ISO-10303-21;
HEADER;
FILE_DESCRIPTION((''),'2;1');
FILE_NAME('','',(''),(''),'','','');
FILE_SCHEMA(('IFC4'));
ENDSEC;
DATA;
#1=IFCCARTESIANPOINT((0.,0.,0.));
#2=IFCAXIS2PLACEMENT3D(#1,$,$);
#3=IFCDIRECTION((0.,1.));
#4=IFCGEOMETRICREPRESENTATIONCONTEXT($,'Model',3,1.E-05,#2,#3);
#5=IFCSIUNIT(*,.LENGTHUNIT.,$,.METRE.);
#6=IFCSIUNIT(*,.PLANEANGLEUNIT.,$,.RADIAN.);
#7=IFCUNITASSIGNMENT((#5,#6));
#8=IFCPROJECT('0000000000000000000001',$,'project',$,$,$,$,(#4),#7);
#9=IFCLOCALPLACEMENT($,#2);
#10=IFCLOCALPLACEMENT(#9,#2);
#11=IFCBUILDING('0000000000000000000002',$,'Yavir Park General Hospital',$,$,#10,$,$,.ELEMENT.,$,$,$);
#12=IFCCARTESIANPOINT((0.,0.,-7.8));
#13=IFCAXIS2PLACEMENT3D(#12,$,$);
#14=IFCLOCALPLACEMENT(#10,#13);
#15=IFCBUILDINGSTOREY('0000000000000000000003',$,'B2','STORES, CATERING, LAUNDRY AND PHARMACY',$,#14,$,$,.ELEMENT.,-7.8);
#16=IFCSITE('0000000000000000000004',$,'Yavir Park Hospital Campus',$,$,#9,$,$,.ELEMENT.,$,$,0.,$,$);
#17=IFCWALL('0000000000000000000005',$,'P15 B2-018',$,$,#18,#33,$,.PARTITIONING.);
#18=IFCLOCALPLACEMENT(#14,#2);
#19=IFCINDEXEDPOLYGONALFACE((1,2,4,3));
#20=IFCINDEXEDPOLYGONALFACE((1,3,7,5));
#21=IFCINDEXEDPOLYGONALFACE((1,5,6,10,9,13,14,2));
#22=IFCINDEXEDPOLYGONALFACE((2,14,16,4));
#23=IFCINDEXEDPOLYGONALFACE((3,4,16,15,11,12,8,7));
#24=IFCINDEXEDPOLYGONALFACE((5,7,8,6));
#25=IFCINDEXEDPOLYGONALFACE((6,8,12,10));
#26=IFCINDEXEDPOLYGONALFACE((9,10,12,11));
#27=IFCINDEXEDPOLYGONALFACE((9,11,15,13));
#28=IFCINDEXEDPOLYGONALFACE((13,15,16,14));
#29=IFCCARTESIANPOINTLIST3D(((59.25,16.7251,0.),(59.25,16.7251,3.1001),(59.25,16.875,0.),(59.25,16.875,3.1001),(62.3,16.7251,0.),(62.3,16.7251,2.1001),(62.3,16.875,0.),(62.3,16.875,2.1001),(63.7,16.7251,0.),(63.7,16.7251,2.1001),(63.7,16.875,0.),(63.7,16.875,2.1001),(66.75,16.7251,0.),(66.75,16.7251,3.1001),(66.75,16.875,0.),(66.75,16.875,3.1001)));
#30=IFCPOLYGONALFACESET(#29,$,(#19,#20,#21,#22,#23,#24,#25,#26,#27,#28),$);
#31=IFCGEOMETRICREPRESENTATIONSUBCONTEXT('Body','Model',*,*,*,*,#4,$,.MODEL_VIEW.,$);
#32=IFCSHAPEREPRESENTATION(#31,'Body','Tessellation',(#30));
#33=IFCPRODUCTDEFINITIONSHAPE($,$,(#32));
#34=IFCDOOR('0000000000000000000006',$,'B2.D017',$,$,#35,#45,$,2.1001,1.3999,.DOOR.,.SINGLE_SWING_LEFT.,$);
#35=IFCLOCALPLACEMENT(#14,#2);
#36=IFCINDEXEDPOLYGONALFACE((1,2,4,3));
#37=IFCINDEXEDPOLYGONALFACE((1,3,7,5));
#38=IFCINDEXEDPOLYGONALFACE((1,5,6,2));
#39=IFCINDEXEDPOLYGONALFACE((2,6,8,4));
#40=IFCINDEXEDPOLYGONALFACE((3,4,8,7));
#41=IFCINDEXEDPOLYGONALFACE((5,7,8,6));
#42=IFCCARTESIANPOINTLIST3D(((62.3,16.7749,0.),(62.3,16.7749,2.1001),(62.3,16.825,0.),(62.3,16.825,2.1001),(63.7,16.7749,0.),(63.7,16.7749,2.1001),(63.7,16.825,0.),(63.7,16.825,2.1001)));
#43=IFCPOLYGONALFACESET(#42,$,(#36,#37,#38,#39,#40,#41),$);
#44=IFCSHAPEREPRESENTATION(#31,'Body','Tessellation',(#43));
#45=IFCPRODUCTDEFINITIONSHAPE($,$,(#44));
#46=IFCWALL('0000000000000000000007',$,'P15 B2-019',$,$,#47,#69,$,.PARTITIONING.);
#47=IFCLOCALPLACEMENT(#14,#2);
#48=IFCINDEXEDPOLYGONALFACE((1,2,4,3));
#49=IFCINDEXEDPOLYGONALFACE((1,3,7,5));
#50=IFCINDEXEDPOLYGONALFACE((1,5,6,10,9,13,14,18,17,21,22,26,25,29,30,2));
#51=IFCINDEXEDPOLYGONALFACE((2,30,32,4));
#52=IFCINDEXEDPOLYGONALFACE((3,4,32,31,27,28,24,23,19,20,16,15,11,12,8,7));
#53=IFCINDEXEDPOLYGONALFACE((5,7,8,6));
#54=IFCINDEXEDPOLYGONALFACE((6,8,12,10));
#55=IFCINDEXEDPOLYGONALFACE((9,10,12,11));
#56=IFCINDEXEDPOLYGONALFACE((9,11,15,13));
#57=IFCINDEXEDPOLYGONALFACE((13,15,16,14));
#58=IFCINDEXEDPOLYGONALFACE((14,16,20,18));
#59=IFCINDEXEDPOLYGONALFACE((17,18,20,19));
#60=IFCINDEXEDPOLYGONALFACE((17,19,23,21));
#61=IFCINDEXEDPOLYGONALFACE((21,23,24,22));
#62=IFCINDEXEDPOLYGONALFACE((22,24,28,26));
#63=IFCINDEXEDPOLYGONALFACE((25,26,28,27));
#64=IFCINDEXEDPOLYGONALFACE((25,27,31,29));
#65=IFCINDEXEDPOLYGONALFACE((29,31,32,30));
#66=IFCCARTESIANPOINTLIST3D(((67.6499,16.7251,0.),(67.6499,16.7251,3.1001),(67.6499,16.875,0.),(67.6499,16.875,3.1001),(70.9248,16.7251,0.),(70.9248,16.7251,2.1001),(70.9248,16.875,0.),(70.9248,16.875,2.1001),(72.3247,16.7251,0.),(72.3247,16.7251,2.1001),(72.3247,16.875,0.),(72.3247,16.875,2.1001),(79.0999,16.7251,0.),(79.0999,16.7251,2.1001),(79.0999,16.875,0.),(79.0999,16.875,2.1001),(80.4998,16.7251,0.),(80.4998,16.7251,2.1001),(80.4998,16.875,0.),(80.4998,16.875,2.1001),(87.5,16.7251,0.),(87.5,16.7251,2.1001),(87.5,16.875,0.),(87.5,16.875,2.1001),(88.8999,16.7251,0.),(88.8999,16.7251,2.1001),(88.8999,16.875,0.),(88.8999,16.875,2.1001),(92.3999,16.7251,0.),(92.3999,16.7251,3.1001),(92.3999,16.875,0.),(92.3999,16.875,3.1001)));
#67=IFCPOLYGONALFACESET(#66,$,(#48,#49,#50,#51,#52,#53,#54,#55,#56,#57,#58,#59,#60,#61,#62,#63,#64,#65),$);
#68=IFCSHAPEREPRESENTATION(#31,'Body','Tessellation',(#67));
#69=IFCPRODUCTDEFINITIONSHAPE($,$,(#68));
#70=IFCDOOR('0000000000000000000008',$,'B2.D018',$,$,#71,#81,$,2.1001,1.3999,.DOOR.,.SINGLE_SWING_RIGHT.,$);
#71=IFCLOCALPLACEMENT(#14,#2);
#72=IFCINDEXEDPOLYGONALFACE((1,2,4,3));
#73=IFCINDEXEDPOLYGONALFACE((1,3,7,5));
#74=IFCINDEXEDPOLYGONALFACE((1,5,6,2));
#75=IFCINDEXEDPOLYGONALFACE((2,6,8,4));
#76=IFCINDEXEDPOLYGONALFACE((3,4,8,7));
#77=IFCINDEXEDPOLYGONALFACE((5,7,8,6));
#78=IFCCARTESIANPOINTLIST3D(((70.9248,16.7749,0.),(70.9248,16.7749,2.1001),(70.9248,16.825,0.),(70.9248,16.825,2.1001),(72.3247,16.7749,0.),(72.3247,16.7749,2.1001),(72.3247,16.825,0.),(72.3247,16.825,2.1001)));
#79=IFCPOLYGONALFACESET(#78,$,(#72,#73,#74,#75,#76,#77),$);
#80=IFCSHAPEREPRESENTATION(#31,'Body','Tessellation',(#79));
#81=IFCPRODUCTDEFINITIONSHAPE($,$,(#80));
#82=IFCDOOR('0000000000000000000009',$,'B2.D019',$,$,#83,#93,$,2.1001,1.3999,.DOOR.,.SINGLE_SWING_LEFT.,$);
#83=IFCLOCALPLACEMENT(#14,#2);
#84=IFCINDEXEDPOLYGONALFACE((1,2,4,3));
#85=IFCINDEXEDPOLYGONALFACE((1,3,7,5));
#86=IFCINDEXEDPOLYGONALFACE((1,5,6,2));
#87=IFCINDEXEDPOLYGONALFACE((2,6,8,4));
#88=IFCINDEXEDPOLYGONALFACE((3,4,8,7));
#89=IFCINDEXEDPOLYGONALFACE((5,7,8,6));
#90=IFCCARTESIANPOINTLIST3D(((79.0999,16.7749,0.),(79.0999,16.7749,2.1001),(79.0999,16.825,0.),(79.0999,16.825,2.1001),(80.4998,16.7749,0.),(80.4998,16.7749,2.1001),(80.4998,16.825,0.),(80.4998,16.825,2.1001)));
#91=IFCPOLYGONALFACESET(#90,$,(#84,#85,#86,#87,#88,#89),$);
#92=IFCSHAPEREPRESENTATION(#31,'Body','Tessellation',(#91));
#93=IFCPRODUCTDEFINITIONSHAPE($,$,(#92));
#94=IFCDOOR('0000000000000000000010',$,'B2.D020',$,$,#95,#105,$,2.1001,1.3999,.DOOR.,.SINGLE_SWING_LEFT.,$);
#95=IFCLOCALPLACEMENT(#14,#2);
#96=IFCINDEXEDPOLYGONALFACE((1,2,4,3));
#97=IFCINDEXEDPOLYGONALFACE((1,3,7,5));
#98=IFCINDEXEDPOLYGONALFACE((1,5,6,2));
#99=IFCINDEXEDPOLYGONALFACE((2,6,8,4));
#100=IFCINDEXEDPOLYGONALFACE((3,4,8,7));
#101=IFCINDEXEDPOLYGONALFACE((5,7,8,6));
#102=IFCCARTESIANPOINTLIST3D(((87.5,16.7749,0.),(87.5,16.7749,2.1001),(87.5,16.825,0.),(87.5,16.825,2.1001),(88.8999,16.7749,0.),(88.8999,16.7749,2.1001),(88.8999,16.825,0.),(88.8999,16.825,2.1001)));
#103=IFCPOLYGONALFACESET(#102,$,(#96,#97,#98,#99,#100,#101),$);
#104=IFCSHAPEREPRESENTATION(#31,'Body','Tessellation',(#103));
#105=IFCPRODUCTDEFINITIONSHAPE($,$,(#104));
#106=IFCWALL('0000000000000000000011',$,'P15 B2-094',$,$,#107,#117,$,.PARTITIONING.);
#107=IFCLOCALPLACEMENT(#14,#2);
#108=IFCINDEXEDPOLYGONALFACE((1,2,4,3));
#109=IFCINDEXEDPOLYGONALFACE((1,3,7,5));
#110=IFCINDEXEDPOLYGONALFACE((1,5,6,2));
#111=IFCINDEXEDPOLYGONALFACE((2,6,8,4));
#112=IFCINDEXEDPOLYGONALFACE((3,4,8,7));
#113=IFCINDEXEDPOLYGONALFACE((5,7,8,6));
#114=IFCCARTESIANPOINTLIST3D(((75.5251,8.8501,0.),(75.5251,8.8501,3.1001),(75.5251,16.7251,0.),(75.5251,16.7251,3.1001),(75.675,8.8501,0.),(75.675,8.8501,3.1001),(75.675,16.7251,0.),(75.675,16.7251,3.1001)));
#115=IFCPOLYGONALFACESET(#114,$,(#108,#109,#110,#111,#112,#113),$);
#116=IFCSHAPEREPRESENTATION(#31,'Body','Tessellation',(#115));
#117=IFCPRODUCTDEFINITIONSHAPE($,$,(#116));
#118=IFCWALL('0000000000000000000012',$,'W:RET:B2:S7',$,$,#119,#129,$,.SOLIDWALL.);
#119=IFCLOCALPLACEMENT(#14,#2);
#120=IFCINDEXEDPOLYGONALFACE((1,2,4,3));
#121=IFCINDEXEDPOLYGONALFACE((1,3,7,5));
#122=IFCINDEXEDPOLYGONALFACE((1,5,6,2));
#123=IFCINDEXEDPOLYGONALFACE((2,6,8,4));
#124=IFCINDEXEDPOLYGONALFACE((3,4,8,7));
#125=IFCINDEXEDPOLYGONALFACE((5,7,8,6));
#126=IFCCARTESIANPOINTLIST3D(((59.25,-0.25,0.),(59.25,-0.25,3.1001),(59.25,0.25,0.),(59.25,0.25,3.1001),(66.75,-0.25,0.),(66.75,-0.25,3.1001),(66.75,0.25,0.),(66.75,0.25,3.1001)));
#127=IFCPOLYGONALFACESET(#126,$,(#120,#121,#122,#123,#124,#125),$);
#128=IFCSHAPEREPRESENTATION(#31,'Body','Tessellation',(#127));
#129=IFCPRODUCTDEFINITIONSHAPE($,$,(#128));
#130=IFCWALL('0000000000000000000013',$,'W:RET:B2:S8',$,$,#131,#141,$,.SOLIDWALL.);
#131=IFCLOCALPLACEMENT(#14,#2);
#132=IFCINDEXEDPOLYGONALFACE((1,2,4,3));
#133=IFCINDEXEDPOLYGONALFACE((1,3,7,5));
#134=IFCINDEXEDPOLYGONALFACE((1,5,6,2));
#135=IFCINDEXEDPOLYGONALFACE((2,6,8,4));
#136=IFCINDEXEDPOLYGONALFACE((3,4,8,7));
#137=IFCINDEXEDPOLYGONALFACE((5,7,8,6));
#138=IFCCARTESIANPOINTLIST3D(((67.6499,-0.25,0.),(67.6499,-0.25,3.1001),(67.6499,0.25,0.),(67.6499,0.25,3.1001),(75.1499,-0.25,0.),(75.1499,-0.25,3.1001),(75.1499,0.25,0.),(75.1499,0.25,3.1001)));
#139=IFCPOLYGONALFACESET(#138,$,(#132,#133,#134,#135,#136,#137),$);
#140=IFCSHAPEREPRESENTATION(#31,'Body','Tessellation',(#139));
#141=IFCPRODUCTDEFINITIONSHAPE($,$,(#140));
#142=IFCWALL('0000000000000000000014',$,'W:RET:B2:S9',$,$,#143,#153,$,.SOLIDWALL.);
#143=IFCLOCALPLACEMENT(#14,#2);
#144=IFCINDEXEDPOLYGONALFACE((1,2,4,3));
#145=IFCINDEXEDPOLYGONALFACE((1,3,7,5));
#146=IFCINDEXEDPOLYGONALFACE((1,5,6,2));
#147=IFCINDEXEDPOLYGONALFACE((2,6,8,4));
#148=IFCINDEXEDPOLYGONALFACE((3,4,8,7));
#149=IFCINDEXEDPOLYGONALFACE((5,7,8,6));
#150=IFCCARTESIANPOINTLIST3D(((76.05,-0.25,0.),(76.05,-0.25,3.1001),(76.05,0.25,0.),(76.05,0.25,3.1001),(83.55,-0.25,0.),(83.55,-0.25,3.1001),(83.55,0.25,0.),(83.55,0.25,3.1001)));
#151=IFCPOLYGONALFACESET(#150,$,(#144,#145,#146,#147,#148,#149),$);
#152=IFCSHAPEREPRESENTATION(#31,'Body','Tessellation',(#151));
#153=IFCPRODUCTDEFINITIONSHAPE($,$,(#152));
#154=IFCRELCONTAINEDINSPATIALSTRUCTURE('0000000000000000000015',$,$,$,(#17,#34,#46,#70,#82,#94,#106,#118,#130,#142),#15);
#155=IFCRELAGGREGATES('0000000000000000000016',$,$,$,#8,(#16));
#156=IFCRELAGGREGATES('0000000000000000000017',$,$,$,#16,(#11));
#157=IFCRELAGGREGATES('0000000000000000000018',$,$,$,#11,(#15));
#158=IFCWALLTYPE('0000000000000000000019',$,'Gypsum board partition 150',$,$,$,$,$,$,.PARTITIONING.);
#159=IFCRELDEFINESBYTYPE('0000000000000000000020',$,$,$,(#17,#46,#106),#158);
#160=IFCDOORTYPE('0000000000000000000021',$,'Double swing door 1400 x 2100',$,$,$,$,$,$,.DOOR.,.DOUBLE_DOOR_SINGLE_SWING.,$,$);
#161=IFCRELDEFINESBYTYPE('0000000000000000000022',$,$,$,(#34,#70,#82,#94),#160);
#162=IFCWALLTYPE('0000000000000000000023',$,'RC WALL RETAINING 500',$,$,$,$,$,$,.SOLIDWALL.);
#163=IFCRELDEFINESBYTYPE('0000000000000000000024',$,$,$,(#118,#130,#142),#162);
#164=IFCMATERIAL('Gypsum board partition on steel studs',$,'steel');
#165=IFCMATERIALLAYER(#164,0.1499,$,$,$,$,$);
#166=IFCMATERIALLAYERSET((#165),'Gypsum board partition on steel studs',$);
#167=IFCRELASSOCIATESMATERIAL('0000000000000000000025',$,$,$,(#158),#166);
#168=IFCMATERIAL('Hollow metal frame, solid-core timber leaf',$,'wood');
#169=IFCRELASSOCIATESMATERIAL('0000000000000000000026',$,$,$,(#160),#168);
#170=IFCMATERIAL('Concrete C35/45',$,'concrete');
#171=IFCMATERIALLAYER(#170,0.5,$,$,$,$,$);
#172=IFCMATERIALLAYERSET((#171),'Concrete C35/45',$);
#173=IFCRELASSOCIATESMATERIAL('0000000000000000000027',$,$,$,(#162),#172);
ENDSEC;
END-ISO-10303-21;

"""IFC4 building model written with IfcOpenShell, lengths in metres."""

from ifc_helpers import new_model, si_unit, direction, frame, frame_2d, origin, place, context, subcontext, project, spatial, rectangle, extrude, material, layer, layer_set, type_object, element, fill, save


model = new_model("IFC4")

# Units and contexts
model_context = context("Model", 3, precision=1e-05, world=origin(), true_north=direction((0.0, 1.0)))
body_context = subcontext(model_context, "Body", "Model", "MODEL_VIEW")
ifc_project = project(units=[si_unit("LENGTHUNIT", "METRE"), si_unit("PLANEANGLEUNIT", "RADIAN")], contexts=[model_context])

# Site, building, storey
site_placement = place(None, origin())
site = spatial("IfcSite", under=ifc_project, at=site_placement, Name="Yavir Park Hospital Campus", CompositionType="ELEMENT", RefElevation=0.0)
building_placement = place(site_placement, origin())
building = spatial("IfcBuilding", under=site, at=building_placement, Name="Yavir Park General Hospital", CompositionType="ELEMENT")
storey_placement = place(building_placement, frame((0.0, 0.0, -7.8)))
storey = spatial("IfcBuildingStorey", under=building, at=storey_placement, Name="B2", Description="STORES, CATERING, LAUNDRY AND PHARMACY", CompositionType="ELEMENT", Elevation=-7.8)

# Wall, opening, door
ifc_material_1 = material(Name="Gypsum board partition on steel studs", Category="steel")
ifc_layer_1 = layer(ifc_material_1, 0.1499)
ifc_layer_set_1 = layer_set([ifc_layer_1], Name="Gypsum board partition on steel studs")
wall_type_1 = type_object("IfcWallType", Name="Gypsum board partition 150", PredefinedType="PARTITIONING", material=ifc_layer_set_1)
wall_1_placement = place(storey_placement, frame((59.25, 16.8, 0.0), z_axis=(0.0, 0.0, 1.0), x_axis=(1.0, 0.0, 0.0)))
wall_1 = element("IfcWall", 1, at=wall_1_placement, inside=storey, type_object=wall_type_1, Name="P15 B2-018", PredefinedType="PARTITIONING", context=body_context, shape_type="SweptSolid", body=[
    extrude(rectangle(XDim=7.5, YDim=0.1499, at=frame_2d((3.75, 0.0))), origin(), (0.0, 0.0, 1.0), 3.1001),
])
opening_1_placement = place(wall_1_placement, frame((3.05, 0.0, 0.0)))
opening_1 = element("IfcOpeningElement", 2, at=opening_1_placement, cuts=wall_1, PredefinedType="OPENING", context=body_context, shape_type="SweptSolid", body=[
    extrude(rectangle(XDim=1.3999, YDim=2.1001, at=frame_2d((0.7, 1.05))), frame((0.0, 0.085, 0.0), z_axis=(0.0, -1.0, 0.0), x_axis=(1.0, 0.0, 0.0)), (0.0, 0.0, 1.0), 0.1699),
])
ifc_material_2 = material(Name="Hollow metal frame, solid-core timber leaf", Category="wood")
door_type_1 = type_object("IfcDoorType", Name="Double swing door 1400 x 2100", OperationType="DOUBLE_DOOR_SINGLE_SWING", PredefinedType="DOOR", material=ifc_material_2)
door_1_placement = place(opening_1_placement, origin())
door_1 = element("IfcDoor", 3, at=door_1_placement, inside=storey, type_object=door_type_1, Name="B2.D017", OperationType="SINGLE_SWING_LEFT", OverallHeight=2.1001, OverallWidth=1.3999, PredefinedType="DOOR", context=body_context, shape_type="SweptSolid", body=[
    extrude(rectangle(XDim=1.3999, YDim=2.1001, at=frame_2d((0.7, 1.05))), frame((0.0, 0.0249, 0.0), z_axis=(0.0, -1.0, 0.0), x_axis=(1.0, 0.0, 0.0)), (0.0, 0.0, 1.0), 0.05),
])
fill(opening_1, door_1)

# Wall, openings, doors
wall_2_placement = place(storey_placement, frame((67.6499, 16.8, 0.0), z_axis=(0.0, 0.0, 1.0), x_axis=(1.0, 0.0, 0.0)))
wall_2 = element("IfcWall", 4, at=wall_2_placement, inside=storey, type_object=wall_type_1, Name="P15 B2-019", PredefinedType="PARTITIONING", context=body_context, shape_type="SweptSolid", body=[
    extrude(rectangle(XDim=24.75, YDim=0.1499, at=frame_2d((12.375, 0.0))), origin(), (0.0, 0.0, 1.0), 3.1001),
])
opening_2_placement = place(wall_2_placement, frame((3.2749, 0.0, 0.0)))
opening_2 = element("IfcOpeningElement", 5, at=opening_2_placement, cuts=wall_2, PredefinedType="OPENING", context=body_context, shape_type="SweptSolid", body=[
    extrude(rectangle(XDim=1.3999, YDim=2.1001, at=frame_2d((0.7, 1.05))), frame((0.0, 0.085, 0.0), z_axis=(0.0, -1.0, 0.0), x_axis=(1.0, 0.0, 0.0)), (0.0, 0.0, 1.0), 0.1699),
])
opening_3_placement = place(wall_2_placement, frame((11.45, 0.0, 0.0)))
opening_3 = element("IfcOpeningElement", 6, at=opening_3_placement, cuts=wall_2, PredefinedType="OPENING", context=body_context, shape_type="SweptSolid", body=[
    extrude(rectangle(XDim=1.3999, YDim=2.1001, at=frame_2d((0.7, 1.05))), frame((0.0, 0.085, 0.0), z_axis=(0.0, -1.0, 0.0), x_axis=(1.0, 0.0, 0.0)), (0.0, 0.0, 1.0), 0.1699),
])
opening_4_placement = place(wall_2_placement, frame((19.8501, 0.0, 0.0)))
opening_4 = element("IfcOpeningElement", 7, at=opening_4_placement, cuts=wall_2, PredefinedType="OPENING", context=body_context, shape_type="SweptSolid", body=[
    extrude(rectangle(XDim=1.3999, YDim=2.1001, at=frame_2d((0.7, 1.05))), frame((0.0, 0.085, 0.0), z_axis=(0.0, -1.0, 0.0), x_axis=(1.0, 0.0, 0.0)), (0.0, 0.0, 1.0), 0.1699),
])
door_2_placement = place(opening_2_placement, origin())
door_2 = element("IfcDoor", 8, at=door_2_placement, inside=storey, type_object=door_type_1, Name="B2.D018", OperationType="SINGLE_SWING_RIGHT", OverallHeight=2.1001, OverallWidth=1.3999, PredefinedType="DOOR", context=body_context, shape_type="SweptSolid", body=[
    extrude(rectangle(XDim=1.3999, YDim=2.1001, at=frame_2d((0.7, 1.05))), frame((0.0, 0.0249, 0.0), z_axis=(0.0, -1.0, 0.0), x_axis=(1.0, 0.0, 0.0)), (0.0, 0.0, 1.0), 0.05),
])
fill(opening_2, door_2)
door_3_placement = place(opening_3_placement, origin())
door_3 = element("IfcDoor", 9, at=door_3_placement, inside=storey, type_object=door_type_1, Name="B2.D019", OperationType="SINGLE_SWING_LEFT", OverallHeight=2.1001, OverallWidth=1.3999, PredefinedType="DOOR", context=body_context, shape_type="SweptSolid", body=[
    extrude(rectangle(XDim=1.3999, YDim=2.1001, at=frame_2d((0.7, 1.05))), frame((0.0, 0.0249, 0.0), z_axis=(0.0, -1.0, 0.0), x_axis=(1.0, 0.0, 0.0)), (0.0, 0.0, 1.0), 0.05),
])
fill(opening_3, door_3)
door_4_placement = place(opening_4_placement, origin())
door_4 = element("IfcDoor", 10, at=door_4_placement, inside=storey, type_object=door_type_1, Name="B2.D020", OperationType="SINGLE_SWING_LEFT", OverallHeight=2.1001, OverallWidth=1.3999, PredefinedType="DOOR", context=body_context, shape_type="SweptSolid", body=[
    extrude(rectangle(XDim=1.3999, YDim=2.1001, at=frame_2d((0.7, 1.05))), frame((0.0, 0.0249, 0.0), z_axis=(0.0, -1.0, 0.0), x_axis=(1.0, 0.0, 0.0)), (0.0, 0.0, 1.0), 0.05),
])
fill(opening_4, door_4)

# Walls
wall_3_placement = place(storey_placement, frame((75.6001, 8.8501, 0.0), z_axis=(0.0, 0.0, 1.0), x_axis=(0.0, 1.0, 0.0)))
element("IfcWall", 11, at=wall_3_placement, inside=storey, type_object=wall_type_1, Name="P15 B2-094", PredefinedType="PARTITIONING", context=body_context, shape_type="SweptSolid", body=[
    extrude(rectangle(XDim=7.875, YDim=0.1499, at=frame_2d((3.9375, 0.0))), origin(), (0.0, 0.0, 1.0), 3.1001),
])
ifc_material_3 = material(Name="Concrete C35/45", Category="concrete")
ifc_layer_2 = layer(ifc_material_3, 0.5)
ifc_layer_set_2 = layer_set([ifc_layer_2], Name="Concrete C35/45")
wall_type_2 = type_object("IfcWallType", Name="RC WALL RETAINING 500", PredefinedType="SOLIDWALL", material=ifc_layer_set_2)
for number, where, z_axis, x_axis, name in (
    (12, (59.25, 0.0, 0.0), (0.0, 0.0, 1.0), (1.0, 0.0, 0.0), "W:RET:B2:S7"),
    (13, (67.6499, 0.0, 0.0), (0.0, 0.0, 1.0), (1.0, 0.0, 0.0), "W:RET:B2:S8"),
    (14, (76.05, 0.0, 0.0), (0.0, 0.0, 1.0), (1.0, 0.0, 0.0), "W:RET:B2:S9"),
):
    element("IfcWall", number, at=place(storey_placement, frame(where, z_axis=z_axis, x_axis=x_axis)), inside=storey, type_object=wall_type_2, Name=name, PredefinedType="SOLIDWALL", context=body_context, shape_type="SweptSolid", body=[
        extrude(rectangle(XDim=7.5, YDim=0.5, at=frame_2d((3.75, 0.0))), origin(), (0.0, 0.0, 1.0), 3.1001),
    ])

save(model, "model.ifc")
